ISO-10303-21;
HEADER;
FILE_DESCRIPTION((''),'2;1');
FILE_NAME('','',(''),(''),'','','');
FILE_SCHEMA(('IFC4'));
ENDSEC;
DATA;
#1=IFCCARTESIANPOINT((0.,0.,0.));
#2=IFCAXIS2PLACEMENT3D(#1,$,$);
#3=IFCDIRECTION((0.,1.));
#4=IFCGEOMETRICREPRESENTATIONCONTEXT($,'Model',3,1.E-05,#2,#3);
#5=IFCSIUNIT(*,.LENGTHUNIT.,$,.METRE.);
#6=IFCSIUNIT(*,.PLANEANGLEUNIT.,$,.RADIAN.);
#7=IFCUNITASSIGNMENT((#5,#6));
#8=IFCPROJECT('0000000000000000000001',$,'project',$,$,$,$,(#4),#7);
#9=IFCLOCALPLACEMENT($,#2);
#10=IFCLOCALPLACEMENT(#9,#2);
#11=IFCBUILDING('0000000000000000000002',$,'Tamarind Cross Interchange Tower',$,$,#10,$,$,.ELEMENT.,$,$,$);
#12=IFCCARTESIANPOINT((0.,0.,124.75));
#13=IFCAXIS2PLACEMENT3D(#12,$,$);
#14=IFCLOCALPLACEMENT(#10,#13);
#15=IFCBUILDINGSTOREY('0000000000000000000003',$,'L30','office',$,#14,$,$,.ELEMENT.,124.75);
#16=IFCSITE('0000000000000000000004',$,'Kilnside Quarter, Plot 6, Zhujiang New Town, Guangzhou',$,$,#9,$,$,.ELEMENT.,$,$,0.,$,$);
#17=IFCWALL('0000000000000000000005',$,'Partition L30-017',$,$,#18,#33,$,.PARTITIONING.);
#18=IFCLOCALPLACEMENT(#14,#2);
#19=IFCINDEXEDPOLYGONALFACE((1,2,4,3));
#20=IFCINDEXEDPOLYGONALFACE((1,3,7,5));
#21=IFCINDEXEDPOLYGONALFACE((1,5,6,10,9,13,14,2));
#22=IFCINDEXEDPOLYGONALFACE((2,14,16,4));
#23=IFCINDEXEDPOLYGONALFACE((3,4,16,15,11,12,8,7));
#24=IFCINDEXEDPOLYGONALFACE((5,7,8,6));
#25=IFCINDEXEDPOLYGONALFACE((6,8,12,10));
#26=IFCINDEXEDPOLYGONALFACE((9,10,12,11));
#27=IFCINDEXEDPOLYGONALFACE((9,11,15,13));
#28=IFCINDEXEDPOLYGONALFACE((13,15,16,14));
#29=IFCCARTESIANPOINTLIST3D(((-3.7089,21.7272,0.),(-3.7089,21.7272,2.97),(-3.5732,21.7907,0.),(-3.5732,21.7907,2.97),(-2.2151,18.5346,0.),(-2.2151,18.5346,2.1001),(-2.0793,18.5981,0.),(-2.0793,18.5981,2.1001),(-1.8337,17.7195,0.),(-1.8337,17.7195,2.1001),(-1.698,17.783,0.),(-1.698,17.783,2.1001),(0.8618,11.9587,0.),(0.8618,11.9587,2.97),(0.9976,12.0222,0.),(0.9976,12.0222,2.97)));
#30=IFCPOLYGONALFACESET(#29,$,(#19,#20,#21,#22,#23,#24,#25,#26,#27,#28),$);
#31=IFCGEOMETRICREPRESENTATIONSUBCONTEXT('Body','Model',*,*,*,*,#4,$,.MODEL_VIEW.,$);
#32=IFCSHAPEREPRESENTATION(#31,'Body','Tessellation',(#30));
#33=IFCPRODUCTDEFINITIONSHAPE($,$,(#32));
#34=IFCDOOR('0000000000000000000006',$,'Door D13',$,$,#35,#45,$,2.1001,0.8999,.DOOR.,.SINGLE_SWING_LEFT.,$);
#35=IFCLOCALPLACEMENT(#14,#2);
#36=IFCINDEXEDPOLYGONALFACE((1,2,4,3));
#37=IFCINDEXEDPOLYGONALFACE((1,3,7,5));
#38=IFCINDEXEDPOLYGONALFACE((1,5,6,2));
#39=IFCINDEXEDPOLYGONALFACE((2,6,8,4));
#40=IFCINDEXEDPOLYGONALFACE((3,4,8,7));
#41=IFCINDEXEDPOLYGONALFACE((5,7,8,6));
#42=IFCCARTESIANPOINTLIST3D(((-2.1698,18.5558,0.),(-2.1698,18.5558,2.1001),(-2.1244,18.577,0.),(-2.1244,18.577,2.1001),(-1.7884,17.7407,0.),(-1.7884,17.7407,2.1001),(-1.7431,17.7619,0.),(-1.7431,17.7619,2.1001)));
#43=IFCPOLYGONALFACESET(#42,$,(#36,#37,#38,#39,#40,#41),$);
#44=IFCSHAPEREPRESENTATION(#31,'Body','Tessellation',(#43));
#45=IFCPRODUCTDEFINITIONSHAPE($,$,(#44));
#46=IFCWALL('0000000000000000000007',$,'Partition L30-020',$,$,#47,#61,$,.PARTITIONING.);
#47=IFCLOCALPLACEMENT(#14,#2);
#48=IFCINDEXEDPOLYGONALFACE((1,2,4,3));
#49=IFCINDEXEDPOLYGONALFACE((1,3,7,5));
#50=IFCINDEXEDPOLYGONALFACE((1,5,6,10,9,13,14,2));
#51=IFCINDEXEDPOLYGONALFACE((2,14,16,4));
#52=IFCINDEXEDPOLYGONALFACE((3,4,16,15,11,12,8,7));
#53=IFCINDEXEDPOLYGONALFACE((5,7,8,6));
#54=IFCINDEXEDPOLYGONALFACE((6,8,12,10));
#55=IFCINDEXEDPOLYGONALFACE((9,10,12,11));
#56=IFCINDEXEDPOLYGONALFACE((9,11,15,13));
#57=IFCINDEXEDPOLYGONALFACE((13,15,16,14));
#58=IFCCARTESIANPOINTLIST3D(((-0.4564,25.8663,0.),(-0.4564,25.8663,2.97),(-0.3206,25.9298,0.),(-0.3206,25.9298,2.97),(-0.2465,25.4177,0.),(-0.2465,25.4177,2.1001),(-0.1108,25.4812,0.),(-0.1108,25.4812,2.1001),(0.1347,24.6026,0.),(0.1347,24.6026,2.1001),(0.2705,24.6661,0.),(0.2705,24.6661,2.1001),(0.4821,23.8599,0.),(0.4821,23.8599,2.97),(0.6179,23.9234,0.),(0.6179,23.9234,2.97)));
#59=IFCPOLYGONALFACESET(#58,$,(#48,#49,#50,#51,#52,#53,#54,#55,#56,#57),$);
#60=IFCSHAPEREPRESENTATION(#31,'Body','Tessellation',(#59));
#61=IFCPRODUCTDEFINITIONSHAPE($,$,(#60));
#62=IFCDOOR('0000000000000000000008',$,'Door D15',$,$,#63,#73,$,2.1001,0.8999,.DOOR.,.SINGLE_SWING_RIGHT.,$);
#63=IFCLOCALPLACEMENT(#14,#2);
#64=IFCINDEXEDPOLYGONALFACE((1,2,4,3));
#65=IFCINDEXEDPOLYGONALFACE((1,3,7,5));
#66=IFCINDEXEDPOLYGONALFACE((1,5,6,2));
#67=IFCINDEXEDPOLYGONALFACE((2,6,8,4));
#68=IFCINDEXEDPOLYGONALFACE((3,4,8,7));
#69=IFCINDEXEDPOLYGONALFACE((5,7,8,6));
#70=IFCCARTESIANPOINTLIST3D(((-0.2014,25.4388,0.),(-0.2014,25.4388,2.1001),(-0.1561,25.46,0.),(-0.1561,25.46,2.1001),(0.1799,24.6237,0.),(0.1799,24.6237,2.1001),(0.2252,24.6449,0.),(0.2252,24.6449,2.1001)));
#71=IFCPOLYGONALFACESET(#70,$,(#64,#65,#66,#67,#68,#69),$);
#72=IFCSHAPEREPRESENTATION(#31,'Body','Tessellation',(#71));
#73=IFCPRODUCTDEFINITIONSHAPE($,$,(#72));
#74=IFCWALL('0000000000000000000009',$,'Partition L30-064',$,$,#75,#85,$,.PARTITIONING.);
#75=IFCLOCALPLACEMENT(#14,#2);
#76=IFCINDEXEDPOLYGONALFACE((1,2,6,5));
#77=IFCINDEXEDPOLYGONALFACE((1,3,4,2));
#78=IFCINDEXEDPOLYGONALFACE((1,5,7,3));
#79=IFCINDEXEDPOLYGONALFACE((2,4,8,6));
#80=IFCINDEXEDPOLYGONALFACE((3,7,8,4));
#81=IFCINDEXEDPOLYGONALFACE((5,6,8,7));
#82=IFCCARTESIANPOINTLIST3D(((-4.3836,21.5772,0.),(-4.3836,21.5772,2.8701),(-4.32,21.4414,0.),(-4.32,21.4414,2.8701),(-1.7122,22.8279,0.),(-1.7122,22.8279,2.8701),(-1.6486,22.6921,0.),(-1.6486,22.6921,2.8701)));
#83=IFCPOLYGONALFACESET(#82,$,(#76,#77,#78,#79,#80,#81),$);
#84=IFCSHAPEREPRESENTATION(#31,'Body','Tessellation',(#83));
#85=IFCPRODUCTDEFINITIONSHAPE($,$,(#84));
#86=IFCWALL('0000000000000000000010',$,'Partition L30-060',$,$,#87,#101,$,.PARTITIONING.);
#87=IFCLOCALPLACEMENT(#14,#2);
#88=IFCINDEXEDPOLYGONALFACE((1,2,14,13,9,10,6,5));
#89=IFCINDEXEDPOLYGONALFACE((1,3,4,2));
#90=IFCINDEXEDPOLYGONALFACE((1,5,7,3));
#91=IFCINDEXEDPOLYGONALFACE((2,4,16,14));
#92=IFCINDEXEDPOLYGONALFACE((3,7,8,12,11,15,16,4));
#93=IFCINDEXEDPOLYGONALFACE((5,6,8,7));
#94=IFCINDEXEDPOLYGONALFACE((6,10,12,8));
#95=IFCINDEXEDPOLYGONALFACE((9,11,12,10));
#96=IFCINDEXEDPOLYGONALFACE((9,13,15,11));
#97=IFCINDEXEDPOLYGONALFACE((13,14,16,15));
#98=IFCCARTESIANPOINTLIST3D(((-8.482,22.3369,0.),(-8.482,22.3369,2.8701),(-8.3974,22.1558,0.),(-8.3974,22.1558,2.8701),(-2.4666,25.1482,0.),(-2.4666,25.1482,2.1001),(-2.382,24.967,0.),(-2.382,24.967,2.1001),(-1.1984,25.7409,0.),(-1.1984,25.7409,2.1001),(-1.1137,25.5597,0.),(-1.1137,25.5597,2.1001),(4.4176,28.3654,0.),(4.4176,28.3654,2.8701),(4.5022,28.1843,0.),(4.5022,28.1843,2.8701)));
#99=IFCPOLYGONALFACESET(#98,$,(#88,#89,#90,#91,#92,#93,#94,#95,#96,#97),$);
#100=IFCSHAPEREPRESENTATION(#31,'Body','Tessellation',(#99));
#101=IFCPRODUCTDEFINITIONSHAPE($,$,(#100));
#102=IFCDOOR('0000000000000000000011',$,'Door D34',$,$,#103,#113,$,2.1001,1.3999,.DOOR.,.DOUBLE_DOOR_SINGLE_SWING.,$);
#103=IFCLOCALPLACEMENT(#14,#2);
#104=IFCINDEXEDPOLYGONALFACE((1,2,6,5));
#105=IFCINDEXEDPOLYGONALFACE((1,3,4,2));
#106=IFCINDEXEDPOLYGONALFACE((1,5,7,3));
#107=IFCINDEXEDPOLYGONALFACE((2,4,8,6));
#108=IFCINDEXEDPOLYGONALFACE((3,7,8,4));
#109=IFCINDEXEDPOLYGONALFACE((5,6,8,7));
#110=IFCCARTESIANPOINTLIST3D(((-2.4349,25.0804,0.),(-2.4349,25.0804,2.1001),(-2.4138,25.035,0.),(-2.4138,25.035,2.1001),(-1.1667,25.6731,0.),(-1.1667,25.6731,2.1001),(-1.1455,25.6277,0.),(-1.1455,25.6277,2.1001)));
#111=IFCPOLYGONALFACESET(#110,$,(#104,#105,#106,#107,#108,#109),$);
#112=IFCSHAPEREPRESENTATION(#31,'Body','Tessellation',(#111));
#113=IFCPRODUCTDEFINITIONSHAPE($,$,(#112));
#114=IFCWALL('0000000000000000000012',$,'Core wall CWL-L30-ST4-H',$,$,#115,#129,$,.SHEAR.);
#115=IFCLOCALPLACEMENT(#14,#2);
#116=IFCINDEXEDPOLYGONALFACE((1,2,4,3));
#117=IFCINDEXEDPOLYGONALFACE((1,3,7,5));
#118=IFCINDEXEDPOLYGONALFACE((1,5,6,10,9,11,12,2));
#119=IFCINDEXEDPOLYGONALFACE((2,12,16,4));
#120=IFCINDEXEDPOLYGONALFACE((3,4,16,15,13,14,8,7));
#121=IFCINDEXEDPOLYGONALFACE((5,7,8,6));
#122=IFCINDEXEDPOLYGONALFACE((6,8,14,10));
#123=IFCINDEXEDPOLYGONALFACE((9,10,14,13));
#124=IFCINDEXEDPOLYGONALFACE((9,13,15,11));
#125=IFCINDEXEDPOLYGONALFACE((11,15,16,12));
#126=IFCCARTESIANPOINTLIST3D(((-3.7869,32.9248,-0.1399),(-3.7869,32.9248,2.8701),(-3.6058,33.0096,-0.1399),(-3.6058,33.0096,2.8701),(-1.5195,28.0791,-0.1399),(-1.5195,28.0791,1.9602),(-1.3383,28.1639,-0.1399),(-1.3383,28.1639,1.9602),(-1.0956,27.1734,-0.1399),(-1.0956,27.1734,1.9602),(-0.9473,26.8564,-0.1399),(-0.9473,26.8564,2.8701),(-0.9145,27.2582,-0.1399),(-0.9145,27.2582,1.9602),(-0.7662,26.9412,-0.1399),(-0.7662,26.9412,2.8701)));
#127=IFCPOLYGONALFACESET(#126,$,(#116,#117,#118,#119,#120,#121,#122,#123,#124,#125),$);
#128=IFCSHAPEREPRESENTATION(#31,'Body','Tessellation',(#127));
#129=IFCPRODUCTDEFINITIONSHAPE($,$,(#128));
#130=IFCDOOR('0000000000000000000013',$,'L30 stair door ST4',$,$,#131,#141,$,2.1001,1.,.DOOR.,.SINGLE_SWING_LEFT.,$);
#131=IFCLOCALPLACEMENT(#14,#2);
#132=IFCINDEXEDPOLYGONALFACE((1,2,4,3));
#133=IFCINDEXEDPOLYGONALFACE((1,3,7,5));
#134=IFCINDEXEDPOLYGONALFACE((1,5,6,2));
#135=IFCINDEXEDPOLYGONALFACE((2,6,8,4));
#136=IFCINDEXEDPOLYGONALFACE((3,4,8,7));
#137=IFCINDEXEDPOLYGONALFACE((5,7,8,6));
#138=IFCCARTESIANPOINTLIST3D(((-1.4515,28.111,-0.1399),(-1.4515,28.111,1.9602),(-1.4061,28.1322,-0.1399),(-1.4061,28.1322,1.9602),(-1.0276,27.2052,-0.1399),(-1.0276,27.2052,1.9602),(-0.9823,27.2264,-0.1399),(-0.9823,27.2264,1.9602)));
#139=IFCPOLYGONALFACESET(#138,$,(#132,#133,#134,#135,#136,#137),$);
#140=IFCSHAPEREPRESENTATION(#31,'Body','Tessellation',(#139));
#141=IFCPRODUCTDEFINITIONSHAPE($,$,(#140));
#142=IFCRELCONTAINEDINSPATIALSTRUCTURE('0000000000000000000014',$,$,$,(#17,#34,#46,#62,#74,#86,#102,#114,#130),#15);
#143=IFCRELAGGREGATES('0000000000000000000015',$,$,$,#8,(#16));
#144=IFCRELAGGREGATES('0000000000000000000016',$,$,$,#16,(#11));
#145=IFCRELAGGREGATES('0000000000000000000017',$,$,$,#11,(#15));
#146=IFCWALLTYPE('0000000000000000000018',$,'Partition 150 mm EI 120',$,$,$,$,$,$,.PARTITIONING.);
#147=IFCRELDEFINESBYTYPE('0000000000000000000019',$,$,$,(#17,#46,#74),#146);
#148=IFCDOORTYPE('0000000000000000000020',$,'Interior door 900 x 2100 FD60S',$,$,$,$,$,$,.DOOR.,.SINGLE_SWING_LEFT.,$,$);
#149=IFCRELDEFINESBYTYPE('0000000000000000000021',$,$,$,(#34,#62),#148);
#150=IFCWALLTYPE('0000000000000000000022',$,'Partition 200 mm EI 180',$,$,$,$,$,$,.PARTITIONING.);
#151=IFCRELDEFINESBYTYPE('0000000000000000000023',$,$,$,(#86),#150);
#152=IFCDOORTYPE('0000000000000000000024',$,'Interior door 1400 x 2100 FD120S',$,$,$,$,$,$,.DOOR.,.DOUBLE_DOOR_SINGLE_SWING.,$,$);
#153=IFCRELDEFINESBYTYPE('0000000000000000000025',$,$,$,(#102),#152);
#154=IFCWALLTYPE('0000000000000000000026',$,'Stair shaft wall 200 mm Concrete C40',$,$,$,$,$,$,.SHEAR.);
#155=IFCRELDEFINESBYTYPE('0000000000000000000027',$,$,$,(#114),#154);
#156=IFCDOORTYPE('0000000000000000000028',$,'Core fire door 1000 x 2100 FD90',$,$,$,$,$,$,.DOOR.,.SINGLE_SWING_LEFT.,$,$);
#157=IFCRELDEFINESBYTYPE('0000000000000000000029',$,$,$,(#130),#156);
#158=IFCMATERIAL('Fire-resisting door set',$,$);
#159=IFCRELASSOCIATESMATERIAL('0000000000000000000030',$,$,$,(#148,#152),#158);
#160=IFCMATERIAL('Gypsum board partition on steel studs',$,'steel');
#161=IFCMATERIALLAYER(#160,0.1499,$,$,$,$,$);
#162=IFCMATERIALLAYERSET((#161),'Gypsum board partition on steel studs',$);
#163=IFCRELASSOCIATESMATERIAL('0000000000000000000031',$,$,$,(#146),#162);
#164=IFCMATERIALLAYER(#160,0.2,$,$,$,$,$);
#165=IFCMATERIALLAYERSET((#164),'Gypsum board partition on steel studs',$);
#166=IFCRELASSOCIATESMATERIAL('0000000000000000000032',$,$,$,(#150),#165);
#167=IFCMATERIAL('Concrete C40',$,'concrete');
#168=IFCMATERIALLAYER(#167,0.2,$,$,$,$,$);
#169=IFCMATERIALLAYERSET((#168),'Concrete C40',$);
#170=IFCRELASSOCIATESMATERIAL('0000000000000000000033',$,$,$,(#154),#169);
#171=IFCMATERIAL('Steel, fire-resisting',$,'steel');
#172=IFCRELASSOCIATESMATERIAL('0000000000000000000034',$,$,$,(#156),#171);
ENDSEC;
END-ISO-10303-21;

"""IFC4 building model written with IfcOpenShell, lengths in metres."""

from ifc_helpers import new_model, si_unit, direction, frame, frame_2d, origin, place, context, subcontext, project, spatial, rectangle, extrude, material, layer, layer_set, type_object, element, fill, save


model = new_model("IFC4")

# Units and contexts
model_context = context("Model", 3, precision=1e-05, world=origin(), true_north=direction((0.0, 1.0)))
body_context = subcontext(model_context, "Body", "Model", "MODEL_VIEW")
ifc_project = project(units=[si_unit("LENGTHUNIT", "METRE"), si_unit("PLANEANGLEUNIT", "RADIAN")], contexts=[model_context])

# Site, building, storey
site_placement = place(None, origin())
site = spatial("IfcSite", under=ifc_project, at=site_placement, Name="Kilnside Quarter, Plot 6, Zhujiang New Town, Guangzhou", CompositionType="ELEMENT", RefElevation=0.0)
building_placement = place(site_placement, origin())
building = spatial("IfcBuilding", under=site, at=building_placement, Name="Tamarind Cross Interchange Tower", CompositionType="ELEMENT")
storey_placement = place(building_placement, frame((0.0, 0.0, 124.75)))
storey = spatial("IfcBuildingStorey", under=building, at=storey_placement, Name="L30", Description="office", CompositionType="ELEMENT", Elevation=124.75)

# Shared definitions
ifc_material_1 = material(Name="Gypsum board partition on steel studs", Category="steel")

# Shared definitions
ifc_material_2 = material(Name="Fire-resisting door set")
door_type_1 = type_object("IfcDoorType", Name="Interior door 900 x 2100 FD60S", OperationType="SINGLE_SWING_LEFT", PredefinedType="DOOR", material=ifc_material_2)

# Shared definitions
ifc_layer_1 = layer(ifc_material_1, 0.1499)
ifc_layer_set_1 = layer_set([ifc_layer_1], Name="Gypsum board partition on steel studs")
wall_type_1 = type_object("IfcWallType", Name="Partition 150 mm EI 120", PredefinedType="PARTITIONING", material=ifc_layer_set_1)

# Walls, openings, doors
wall_1_placement = place(storey_placement, frame((-3.6411, 21.759, 0.0), z_axis=(0.0, 0.0, 1.0), x_axis=(0.42381, -0.905751, 0.0)))
wall_1 = element("IfcWall", 1, at=wall_1_placement, inside=storey, type_object=wall_type_1, Name="Partition L30-017", PredefinedType="PARTITIONING", context=body_context, shape_type="SweptSolid", body=[
    extrude(rectangle(XDim=10.7849, YDim=0.1499, at=frame_2d((5.3926, 0.0))), origin(), (0.0, 0.0, 1.0), 2.97),
])
opening_1_placement = place(wall_1_placement, frame((3.5249, 0.0, 0.0)))
opening_1 = element("IfcOpeningElement", 2, at=opening_1_placement, cuts=wall_1, PredefinedType="OPENING", context=body_context, shape_type="SweptSolid", body=[
    extrude(rectangle(XDim=0.8999, YDim=2.1001, at=frame_2d((0.45, 1.05))), frame((0.0, 0.085, 0.0), z_axis=(0.0, -1.0, 0.0), x_axis=(1.0, 0.0, 0.0)), (0.0, 0.0, 1.0), 0.1699),
])
door_1_placement = place(opening_1_placement, frame((0.8999, 0.0, 0.0), z_axis=(0.0, 0.0, 1.0), x_axis=(-1.0, 0.0, 0.0)))
door_1 = element("IfcDoor", 3, at=door_1_placement, inside=storey, type_object=door_type_1, Name="Door D13", OperationType="SINGLE_SWING_LEFT", OverallHeight=2.1001, OverallWidth=0.8999, PredefinedType="DOOR", context=body_context, shape_type="SweptSolid", body=[
    extrude(rectangle(XDim=0.8999, YDim=2.1001, at=frame_2d((0.45, 1.05))), frame((0.0, 0.0249, 0.0), z_axis=(0.0, -1.0, 0.0), x_axis=(1.0, 0.0, 0.0)), (0.0, 0.0, 1.0), 0.05),
])
fill(opening_1, door_1)
wall_2_placement = place(storey_placement, frame((-0.3884, 25.8979, 0.0), z_axis=(0.0, 0.0, 1.0), x_axis=(0.423694, -0.905805, 0.0)))
wall_2 = element("IfcWall", 4, at=wall_2_placement, inside=storey, type_object=wall_type_1, Name="Partition L30-020", PredefinedType="PARTITIONING", context=body_context, shape_type="SweptSolid", body=[
    extrude(rectangle(XDim=2.2151, YDim=0.1499, at=frame_2d((1.1074, 0.0))), origin(), (0.0, 0.0, 1.0), 2.97),
])
opening_2_placement = place(wall_2_placement, frame((0.4951, 0.0, 0.0)))
opening_2 = element("IfcOpeningElement", 5, at=opening_2_placement, cuts=wall_2, PredefinedType="OPENING", context=body_context, shape_type="SweptSolid", body=[
    extrude(rectangle(XDim=0.8999, YDim=2.1001, at=frame_2d((0.45, 1.05))), frame((0.0, 0.085, 0.0), z_axis=(0.0, -1.0, 0.0), x_axis=(1.0, 0.0, 0.0)), (0.0, 0.0, 1.0), 0.1699),
])
door_2_placement = place(opening_2_placement, origin())
door_2 = element("IfcDoor", 6, at=door_2_placement, inside=storey, type_object=door_type_1, Name="Door D15", OperationType="SINGLE_SWING_RIGHT", OverallHeight=2.1001, OverallWidth=0.8999, PredefinedType="DOOR", context=body_context, shape_type="SweptSolid", body=[
    extrude(rectangle(XDim=0.8999, YDim=2.1001, at=frame_2d((0.45, 1.05))), frame((0.0, 0.0249, 0.0), z_axis=(0.0, -1.0, 0.0), x_axis=(1.0, 0.0, 0.0)), (0.0, 0.0, 1.0), 0.05),
])
fill(opening_2, door_2)

# Wall
wall_3_placement = place(storey_placement, frame((-4.3518, 21.5093, 0.0), z_axis=(0.0, 0.0, 1.0), x_axis=(0.905652, 0.424022, 0.0)))
element("IfcWall", 7, at=wall_3_placement, inside=storey, type_object=wall_type_1, Name="Partition L30-064", PredefinedType="PARTITIONING", context=body_context, shape_type="SweptSolid", body=[
    extrude(rectangle(XDim=2.9497, YDim=0.1499, at=frame_2d((1.4749, 0.0))), origin(), (0.0, 0.0, 1.0), 2.8701),
])

# Walls, openings, doors
ifc_layer_2 = layer(ifc_material_1, 0.2)
ifc_layer_set_2 = layer_set([ifc_layer_2], Name="Gypsum board partition on steel studs")
wall_type_2 = type_object("IfcWallType", Name="Partition 200 mm EI 180", PredefinedType="PARTITIONING", material=ifc_layer_set_2)
wall_4_placement = place(storey_placement, frame((-8.4397, 22.2463, 0.0), z_axis=(0.0, 0.0, 1.0), x_axis=(0.905948, 0.423389, 0.0)))
wall_4 = element("IfcWall", 8, at=wall_4_placement, inside=storey, type_object=wall_type_2, Name="Partition L30-060", PredefinedType="PARTITIONING", context=body_context, shape_type="SweptSolid", body=[
    extrude(rectangle(XDim=14.2388, YDim=0.2, at=frame_2d((7.1194, 0.0))), origin(), (0.0, 0.0, 1.0), 2.8701),
])
opening_3_placement = place(wall_4_placement, frame((6.6399, 0.0, 0.0)))
opening_3 = element("IfcOpeningElement", 9, at=opening_3_placement, cuts=wall_4, PredefinedType="OPENING", context=body_context, shape_type="SweptSolid", body=[
    extrude(rectangle(XDim=1.3999, YDim=2.1001, at=frame_2d((0.7, 1.05))), frame((0.0, 0.1099, 0.0), z_axis=(0.0, -1.0, 0.0), x_axis=(1.0, 0.0, 0.0)), (0.0, 0.0, 1.0), 0.22),
])
door_type_2 = type_object("IfcDoorType", Name="Interior door 1400 x 2100 FD120S", OperationType="DOUBLE_DOOR_SINGLE_SWING", PredefinedType="DOOR", material=ifc_material_2)
door_3_placement = place(opening_3_placement, frame((1.3999, 0.0, 0.0), z_axis=(0.0, 0.0, 1.0), x_axis=(-1.0, 0.0, 0.0)))
door_3 = element("IfcDoor", 10, at=door_3_placement, inside=storey, type_object=door_type_2, Name="Door D34", OperationType="DOUBLE_DOOR_SINGLE_SWING", OverallHeight=2.1001, OverallWidth=1.3999, PredefinedType="DOOR", context=body_context, shape_type="SweptSolid", body=[
    extrude(rectangle(XDim=1.3999, YDim=2.1001, at=frame_2d((0.7, 1.05))), frame((0.0, 0.0249, 0.0), z_axis=(0.0, -1.0, 0.0), x_axis=(1.0, 0.0, 0.0)), (0.0, 0.0, 1.0), 0.05),
])
fill(opening_3, door_3)
ifc_material_3 = material(Name="Concrete C40", Category="concrete")
ifc_layer_3 = layer(ifc_material_3, 0.2)
ifc_layer_set_3 = layer_set([ifc_layer_3], Name="Concrete C40")
wall_type_3 = type_object("IfcWallType", Name="Stair shaft wall 200 mm Concrete C40", PredefinedType="SHEAR", material=ifc_layer_set_3)
wall_5_placement = place(storey_placement, frame((-0.8567, 26.8987, -0.1399), z_axis=(0.0, 0.0, 1.0), x_axis=(-0.423829, 0.905742, 0.0)))
wall_5 = element("IfcWall", 11, at=wall_5_placement, inside=storey, type_object=wall_type_3, Name="Core wall CWL-L30-ST4-H", PredefinedType="SHEAR", context=body_context, shape_type="SweptSolid", body=[
    extrude(rectangle(XDim=6.7, YDim=0.2, at=frame_2d((3.3501, 0.0))), origin(), (0.0, 0.0, 1.0), 3.01),
])
opening_4_placement = place(wall_5_placement, frame((0.3501, 0.0, 0.0)))
opening_4 = element("IfcOpeningElement", 12, at=opening_4_placement, cuts=wall_5, PredefinedType="OPENING", context=body_context, shape_type="SweptSolid", body=[
    extrude(rectangle(XDim=1.0, YDim=2.1001, at=frame_2d((0.5, 1.05))), frame((0.0, 0.1099, 0.0), z_axis=(0.0, -1.0, 0.0), x_axis=(1.0, 0.0, 0.0)), (0.0, 0.0, 1.0), 0.22),
])
ifc_material_4 = material(Name="Steel, fire-resisting", Category="steel")
door_type_3 = type_object("IfcDoorType", Name="Core fire door 1000 x 2100 FD90", OperationType="SINGLE_SWING_LEFT", PredefinedType="DOOR", material=ifc_material_4)
door_4_placement = place(opening_4_placement, origin())
door_4 = element("IfcDoor", 13, at=door_4_placement, inside=storey, type_object=door_type_3, Name="L30 stair door ST4", OperationType="SINGLE_SWING_LEFT", OverallHeight=2.1001, OverallWidth=1.0, PredefinedType="DOOR", context=body_context, shape_type="SweptSolid", body=[
    extrude(rectangle(XDim=1.0, YDim=2.1001, at=frame_2d((0.5, 1.05))), frame((0.0, 0.0249, 0.0), z_axis=(0.0, -1.0, 0.0), x_axis=(1.0, 0.0, 0.0)), (0.0, 0.0, 1.0), 0.05),
])
fill(opening_4, door_4)

save(model, "model.ifc")
